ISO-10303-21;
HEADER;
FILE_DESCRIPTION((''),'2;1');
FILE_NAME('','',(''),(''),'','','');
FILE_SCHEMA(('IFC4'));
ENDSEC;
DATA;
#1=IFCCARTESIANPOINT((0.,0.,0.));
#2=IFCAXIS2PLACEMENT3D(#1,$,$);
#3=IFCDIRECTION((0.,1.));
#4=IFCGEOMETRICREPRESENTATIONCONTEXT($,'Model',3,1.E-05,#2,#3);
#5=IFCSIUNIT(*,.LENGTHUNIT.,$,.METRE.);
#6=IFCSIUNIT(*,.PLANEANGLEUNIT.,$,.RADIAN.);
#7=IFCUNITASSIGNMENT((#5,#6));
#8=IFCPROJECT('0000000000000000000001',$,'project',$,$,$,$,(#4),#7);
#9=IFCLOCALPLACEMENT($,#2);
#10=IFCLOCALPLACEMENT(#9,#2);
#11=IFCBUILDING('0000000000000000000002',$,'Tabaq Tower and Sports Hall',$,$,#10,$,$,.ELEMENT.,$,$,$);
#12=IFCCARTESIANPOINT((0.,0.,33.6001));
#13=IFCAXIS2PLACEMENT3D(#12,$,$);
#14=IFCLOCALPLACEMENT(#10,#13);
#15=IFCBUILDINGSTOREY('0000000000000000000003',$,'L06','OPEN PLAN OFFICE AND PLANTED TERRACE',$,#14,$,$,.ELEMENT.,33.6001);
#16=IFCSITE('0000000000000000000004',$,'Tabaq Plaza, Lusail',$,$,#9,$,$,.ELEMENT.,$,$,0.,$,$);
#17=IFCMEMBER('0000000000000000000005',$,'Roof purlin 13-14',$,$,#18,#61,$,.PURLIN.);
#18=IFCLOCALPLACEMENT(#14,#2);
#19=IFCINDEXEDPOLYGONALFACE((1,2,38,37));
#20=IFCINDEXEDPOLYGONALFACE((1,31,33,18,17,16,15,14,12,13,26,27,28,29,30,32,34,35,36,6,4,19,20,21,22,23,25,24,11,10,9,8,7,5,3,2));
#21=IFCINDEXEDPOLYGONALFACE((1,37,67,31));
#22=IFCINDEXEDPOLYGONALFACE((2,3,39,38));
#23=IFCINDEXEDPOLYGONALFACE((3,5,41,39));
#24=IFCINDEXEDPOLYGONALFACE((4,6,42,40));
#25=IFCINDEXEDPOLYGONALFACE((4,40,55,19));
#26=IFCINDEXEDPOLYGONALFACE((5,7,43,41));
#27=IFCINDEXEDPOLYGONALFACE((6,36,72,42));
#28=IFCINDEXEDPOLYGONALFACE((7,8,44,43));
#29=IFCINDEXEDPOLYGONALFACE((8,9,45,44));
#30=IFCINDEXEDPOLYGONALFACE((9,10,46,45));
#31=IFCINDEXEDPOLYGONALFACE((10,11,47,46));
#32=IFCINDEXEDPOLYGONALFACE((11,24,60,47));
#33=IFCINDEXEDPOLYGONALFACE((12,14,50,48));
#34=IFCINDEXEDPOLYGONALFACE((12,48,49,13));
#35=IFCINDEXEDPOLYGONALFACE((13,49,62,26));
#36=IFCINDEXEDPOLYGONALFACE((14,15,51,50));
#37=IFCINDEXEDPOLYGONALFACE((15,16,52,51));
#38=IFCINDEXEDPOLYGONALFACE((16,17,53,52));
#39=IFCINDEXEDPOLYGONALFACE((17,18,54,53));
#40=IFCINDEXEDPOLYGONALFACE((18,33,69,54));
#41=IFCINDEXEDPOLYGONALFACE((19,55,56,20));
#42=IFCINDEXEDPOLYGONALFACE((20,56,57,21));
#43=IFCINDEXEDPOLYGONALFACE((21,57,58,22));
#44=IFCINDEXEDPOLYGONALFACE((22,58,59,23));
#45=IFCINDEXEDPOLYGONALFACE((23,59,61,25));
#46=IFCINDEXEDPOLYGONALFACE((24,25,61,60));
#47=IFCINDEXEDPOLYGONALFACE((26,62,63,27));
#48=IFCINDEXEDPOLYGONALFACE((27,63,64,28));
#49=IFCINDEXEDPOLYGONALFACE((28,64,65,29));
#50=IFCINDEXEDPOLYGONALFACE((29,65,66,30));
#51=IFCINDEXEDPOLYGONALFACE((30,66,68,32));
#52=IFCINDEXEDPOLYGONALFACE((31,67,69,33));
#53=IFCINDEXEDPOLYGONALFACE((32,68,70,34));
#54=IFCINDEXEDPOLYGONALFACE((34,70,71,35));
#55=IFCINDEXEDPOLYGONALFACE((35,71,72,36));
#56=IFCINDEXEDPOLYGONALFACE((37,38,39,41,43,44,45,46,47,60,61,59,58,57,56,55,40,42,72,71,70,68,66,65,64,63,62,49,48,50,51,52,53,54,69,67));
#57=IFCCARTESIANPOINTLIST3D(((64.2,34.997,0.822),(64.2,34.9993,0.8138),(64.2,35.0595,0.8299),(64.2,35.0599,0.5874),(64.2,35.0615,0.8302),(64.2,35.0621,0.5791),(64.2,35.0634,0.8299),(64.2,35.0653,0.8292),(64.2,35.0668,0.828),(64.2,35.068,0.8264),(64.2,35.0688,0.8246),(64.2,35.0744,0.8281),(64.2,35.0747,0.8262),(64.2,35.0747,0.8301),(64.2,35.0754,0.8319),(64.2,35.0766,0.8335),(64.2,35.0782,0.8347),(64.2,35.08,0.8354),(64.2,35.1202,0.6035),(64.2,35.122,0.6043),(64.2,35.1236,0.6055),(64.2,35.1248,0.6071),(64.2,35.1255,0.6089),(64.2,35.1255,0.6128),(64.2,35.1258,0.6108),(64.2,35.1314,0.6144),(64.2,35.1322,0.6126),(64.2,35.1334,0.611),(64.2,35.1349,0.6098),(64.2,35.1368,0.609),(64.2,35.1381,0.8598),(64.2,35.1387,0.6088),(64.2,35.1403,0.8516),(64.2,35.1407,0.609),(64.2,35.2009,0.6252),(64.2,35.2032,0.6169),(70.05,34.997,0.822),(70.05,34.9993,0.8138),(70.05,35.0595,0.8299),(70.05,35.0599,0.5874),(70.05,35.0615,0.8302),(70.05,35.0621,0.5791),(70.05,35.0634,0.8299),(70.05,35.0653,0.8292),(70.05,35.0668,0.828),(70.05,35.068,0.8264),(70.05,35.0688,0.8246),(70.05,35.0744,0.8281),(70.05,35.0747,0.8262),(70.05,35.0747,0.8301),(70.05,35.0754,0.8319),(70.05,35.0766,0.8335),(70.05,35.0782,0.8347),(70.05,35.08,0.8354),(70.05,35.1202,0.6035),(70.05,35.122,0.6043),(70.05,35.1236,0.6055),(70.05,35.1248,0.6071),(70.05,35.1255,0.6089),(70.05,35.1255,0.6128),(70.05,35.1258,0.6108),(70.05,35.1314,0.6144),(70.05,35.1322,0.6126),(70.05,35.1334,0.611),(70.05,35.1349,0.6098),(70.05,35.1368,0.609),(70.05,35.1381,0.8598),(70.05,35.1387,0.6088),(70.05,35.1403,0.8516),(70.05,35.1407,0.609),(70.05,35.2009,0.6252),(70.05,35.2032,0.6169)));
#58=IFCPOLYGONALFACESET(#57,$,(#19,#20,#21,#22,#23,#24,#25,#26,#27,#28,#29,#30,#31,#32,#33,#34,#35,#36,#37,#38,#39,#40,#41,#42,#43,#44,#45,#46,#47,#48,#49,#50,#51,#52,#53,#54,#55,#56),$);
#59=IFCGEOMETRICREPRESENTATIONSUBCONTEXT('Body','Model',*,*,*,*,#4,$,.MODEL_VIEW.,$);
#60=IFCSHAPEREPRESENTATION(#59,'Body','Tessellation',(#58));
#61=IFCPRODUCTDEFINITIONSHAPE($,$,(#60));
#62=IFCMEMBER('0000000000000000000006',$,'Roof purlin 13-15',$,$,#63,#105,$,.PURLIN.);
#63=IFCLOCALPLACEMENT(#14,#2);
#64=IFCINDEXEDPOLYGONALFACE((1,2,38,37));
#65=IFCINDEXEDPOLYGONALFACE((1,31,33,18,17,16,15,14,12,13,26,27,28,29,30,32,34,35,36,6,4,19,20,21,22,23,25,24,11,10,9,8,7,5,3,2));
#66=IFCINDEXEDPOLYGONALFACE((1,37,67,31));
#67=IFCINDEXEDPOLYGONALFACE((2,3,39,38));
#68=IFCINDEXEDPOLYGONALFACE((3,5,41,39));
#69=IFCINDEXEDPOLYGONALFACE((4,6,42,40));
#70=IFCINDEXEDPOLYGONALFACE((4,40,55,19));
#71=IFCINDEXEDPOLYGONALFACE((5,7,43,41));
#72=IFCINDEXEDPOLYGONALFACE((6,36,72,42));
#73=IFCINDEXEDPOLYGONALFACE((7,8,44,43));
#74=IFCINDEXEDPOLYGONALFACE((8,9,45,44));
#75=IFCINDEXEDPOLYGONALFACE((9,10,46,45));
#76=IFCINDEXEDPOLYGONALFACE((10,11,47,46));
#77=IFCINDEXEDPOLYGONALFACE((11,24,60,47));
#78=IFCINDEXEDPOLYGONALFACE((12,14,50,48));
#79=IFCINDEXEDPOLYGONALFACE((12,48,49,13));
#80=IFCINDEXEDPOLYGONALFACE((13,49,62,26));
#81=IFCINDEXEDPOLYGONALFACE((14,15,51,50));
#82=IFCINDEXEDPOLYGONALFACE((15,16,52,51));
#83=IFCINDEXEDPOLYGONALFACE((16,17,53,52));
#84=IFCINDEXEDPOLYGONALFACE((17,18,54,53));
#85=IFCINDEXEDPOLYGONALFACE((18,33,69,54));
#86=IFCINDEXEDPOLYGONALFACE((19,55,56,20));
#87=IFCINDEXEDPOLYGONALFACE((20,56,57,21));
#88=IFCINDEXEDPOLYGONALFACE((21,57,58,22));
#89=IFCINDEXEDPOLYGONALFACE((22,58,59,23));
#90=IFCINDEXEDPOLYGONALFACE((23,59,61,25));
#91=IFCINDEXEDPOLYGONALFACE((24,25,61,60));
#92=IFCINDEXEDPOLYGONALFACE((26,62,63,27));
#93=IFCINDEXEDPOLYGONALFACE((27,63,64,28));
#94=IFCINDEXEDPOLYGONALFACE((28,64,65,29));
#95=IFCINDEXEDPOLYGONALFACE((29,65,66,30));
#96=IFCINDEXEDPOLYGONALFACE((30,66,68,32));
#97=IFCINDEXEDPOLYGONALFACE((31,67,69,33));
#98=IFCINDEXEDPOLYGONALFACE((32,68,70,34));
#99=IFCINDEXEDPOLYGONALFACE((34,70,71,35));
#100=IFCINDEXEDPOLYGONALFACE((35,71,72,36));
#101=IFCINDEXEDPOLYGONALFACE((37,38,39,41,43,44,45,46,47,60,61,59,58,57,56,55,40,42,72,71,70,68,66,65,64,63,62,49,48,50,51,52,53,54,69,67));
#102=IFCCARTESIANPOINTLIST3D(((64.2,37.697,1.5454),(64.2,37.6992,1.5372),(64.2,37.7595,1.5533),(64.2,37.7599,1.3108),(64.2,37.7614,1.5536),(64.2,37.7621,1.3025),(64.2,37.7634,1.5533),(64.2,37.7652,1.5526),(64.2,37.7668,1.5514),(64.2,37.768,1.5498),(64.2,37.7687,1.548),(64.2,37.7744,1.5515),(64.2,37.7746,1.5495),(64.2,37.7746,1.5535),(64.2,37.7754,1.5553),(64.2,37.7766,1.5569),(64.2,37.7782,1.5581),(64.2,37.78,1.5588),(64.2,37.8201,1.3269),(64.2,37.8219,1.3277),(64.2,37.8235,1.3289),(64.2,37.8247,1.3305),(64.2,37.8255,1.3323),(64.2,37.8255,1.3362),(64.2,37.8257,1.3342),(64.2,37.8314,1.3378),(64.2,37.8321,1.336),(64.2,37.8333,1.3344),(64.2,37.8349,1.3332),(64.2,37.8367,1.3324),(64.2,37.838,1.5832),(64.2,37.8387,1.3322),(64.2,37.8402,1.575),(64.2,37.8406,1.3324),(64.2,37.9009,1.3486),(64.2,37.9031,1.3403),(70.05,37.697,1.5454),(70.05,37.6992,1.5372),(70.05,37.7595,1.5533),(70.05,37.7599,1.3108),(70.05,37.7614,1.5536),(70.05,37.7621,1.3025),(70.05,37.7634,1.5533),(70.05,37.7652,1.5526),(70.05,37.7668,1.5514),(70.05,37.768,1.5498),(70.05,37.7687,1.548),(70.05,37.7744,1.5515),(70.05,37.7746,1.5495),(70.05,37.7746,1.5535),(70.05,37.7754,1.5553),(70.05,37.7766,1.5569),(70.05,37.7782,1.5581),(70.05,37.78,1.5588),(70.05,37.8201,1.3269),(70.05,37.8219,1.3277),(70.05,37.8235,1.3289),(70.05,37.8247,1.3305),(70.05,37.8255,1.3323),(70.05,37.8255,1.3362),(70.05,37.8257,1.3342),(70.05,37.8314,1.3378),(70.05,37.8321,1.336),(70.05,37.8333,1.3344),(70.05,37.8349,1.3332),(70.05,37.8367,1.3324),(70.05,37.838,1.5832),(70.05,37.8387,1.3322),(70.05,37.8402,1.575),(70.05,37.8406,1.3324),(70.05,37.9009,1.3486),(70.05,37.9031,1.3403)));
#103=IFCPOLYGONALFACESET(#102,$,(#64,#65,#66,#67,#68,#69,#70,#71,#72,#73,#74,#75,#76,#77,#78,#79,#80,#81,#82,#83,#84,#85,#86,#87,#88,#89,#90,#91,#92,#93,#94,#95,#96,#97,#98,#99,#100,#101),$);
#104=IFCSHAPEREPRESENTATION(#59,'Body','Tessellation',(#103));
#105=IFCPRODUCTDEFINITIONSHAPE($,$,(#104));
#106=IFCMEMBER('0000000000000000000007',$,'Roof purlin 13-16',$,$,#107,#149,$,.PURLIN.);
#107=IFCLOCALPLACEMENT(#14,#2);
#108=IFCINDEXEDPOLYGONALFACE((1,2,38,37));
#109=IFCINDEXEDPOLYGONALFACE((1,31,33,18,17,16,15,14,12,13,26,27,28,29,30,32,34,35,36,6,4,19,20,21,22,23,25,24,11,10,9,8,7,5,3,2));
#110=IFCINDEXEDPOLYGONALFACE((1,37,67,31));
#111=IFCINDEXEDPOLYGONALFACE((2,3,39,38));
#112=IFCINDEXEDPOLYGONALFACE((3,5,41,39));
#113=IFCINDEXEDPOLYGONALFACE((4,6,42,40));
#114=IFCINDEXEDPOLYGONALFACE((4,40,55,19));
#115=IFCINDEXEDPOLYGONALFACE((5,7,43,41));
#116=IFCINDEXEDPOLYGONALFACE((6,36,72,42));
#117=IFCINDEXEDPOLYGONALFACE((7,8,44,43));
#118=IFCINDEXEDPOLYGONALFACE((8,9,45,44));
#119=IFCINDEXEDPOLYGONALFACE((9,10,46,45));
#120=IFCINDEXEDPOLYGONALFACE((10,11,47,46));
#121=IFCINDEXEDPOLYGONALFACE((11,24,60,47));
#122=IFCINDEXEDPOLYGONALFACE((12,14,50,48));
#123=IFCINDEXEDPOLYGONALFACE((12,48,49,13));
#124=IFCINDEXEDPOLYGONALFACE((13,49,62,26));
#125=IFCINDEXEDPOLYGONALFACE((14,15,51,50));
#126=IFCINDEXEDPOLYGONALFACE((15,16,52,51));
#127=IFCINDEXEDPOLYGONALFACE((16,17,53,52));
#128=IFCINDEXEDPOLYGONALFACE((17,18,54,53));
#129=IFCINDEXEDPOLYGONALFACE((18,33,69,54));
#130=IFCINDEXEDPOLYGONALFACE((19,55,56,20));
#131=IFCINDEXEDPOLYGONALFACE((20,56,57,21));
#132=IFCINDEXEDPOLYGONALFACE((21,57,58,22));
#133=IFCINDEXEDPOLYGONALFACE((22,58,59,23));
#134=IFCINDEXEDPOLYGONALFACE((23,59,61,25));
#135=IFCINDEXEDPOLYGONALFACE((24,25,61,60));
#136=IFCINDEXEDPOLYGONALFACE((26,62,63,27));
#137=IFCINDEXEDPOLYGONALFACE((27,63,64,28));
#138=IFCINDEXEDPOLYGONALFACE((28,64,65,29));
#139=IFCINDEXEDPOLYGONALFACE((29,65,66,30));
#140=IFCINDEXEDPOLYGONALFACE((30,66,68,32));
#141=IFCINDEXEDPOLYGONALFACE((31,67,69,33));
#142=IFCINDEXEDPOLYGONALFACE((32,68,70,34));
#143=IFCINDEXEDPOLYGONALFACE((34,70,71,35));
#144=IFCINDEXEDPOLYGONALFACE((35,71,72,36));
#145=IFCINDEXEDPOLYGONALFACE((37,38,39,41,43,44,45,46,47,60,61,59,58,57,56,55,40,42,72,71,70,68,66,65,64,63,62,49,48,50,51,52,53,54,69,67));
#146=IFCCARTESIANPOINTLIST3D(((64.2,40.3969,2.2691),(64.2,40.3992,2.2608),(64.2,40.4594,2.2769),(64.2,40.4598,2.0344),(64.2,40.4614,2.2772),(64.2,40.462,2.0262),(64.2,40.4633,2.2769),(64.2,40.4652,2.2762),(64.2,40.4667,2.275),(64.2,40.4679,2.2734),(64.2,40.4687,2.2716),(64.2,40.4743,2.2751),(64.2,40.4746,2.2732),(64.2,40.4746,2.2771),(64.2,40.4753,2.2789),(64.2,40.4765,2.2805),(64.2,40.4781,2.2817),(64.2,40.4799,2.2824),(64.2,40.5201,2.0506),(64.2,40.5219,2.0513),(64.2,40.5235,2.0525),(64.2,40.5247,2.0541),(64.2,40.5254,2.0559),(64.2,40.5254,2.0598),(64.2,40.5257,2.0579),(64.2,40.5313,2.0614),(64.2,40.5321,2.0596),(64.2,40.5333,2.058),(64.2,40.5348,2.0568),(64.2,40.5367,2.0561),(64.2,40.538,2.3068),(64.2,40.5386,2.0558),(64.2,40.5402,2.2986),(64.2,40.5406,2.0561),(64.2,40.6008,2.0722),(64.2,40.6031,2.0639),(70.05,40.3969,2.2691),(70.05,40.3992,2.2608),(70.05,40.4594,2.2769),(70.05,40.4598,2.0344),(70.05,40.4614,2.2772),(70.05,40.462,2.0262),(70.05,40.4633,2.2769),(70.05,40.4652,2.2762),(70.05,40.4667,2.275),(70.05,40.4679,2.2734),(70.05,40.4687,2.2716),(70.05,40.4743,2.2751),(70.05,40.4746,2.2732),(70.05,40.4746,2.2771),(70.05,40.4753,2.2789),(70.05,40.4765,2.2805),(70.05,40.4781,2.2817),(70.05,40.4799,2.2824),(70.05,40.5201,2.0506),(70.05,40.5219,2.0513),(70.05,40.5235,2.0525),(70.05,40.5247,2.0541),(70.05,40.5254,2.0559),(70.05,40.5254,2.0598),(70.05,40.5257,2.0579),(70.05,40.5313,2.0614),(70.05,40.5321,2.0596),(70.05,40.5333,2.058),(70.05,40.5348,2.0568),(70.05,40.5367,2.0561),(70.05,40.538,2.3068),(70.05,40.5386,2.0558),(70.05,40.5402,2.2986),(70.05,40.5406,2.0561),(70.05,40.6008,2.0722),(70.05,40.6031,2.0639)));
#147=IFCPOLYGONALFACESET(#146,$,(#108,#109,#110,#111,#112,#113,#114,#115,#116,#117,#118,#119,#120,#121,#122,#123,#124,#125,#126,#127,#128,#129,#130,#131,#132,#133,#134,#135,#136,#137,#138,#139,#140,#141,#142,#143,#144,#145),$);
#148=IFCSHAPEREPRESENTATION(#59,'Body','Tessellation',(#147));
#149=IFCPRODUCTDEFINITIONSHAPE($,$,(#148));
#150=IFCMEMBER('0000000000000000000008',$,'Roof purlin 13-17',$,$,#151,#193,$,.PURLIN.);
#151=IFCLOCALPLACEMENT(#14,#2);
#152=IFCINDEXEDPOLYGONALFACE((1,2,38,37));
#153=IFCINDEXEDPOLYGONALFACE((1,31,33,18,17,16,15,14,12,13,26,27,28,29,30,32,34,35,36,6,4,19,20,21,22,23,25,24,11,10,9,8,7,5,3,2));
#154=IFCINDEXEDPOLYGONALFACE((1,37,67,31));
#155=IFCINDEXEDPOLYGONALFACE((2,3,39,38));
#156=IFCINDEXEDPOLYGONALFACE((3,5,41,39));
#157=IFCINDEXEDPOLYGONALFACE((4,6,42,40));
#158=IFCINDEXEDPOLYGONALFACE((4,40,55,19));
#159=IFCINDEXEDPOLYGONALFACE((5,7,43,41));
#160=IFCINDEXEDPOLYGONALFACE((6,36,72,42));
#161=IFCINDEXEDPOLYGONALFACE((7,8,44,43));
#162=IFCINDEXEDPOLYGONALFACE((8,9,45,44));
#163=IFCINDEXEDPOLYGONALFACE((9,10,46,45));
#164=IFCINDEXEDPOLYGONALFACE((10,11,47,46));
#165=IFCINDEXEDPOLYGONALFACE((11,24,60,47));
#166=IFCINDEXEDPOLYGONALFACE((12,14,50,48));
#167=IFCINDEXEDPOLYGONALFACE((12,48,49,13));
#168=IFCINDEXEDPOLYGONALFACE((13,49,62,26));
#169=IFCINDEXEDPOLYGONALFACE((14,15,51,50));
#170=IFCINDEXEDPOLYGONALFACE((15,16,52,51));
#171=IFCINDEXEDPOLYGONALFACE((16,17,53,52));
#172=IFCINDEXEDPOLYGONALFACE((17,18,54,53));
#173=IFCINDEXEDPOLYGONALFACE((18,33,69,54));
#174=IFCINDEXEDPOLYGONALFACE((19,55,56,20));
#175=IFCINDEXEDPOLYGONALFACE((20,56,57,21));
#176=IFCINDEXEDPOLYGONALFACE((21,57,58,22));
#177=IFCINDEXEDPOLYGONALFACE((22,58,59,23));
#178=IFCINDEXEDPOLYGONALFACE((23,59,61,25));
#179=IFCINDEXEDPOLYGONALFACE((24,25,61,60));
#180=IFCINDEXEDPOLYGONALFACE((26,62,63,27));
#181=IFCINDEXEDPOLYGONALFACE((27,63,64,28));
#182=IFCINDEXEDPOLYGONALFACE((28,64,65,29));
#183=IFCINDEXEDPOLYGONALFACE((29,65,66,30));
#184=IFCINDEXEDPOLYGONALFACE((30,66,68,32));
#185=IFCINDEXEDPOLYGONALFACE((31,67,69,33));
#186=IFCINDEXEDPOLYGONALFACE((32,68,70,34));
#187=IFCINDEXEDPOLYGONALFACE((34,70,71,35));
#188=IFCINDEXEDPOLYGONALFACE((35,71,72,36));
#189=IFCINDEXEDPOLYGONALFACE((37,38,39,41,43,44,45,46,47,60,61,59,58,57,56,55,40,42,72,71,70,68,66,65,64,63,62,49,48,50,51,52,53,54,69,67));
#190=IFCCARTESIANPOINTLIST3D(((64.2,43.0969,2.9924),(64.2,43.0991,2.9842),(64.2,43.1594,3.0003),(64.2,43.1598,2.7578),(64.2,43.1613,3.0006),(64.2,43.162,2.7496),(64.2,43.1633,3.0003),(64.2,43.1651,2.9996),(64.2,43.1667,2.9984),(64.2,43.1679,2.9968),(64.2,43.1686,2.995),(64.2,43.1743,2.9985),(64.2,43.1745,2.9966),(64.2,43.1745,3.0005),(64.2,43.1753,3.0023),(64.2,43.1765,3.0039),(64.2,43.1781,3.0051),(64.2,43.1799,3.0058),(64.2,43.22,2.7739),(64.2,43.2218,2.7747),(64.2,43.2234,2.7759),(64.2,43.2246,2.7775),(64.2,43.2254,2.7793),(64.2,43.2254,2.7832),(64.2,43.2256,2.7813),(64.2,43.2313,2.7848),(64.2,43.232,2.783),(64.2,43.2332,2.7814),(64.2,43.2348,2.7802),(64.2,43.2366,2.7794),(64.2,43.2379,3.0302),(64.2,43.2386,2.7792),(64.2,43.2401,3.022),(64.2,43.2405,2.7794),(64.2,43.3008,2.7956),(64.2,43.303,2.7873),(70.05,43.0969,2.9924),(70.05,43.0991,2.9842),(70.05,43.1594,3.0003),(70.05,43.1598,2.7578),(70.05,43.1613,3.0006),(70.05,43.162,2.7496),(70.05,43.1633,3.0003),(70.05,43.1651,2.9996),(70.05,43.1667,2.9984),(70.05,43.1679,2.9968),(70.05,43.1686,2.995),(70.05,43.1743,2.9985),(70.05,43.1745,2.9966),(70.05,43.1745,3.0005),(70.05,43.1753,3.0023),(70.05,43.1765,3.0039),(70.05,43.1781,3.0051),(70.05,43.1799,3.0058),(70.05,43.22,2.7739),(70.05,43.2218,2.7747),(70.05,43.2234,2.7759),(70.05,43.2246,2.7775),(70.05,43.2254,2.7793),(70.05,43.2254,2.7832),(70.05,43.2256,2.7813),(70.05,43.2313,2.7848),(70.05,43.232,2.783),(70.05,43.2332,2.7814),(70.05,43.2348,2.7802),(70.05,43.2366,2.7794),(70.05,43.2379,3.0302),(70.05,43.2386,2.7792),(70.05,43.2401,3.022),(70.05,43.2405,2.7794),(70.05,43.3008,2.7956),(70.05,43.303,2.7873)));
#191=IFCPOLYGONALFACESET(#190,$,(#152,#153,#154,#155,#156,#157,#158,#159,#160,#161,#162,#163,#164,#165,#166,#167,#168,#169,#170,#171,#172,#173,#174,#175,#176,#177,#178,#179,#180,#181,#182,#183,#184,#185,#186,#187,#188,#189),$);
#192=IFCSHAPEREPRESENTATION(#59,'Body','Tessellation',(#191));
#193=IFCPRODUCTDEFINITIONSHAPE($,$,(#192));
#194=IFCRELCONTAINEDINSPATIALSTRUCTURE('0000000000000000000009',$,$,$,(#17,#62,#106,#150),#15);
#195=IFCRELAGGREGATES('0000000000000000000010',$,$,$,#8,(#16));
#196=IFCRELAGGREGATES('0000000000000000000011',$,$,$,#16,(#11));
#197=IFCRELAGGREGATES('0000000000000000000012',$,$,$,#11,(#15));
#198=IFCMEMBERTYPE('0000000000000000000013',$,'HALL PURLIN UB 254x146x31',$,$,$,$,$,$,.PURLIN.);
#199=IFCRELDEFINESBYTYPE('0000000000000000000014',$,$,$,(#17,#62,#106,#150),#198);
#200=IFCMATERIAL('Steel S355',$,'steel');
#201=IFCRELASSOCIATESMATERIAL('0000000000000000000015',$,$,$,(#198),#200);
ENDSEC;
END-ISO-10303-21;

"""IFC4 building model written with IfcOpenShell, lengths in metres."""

from ifc_helpers import new_model, si_unit, direction, frame, origin, origin_2d, place, context, subcontext, project, spatial, i_section, extrude, material, material_profile, profile_set, type_object, element, save


model = new_model("IFC4")

# Units and contexts
model_context = context("Model", 3, precision=1e-05, world=origin(), true_north=direction((0.0, 1.0)))
body_context = subcontext(model_context, "Body", "Model", "MODEL_VIEW")
ifc_project = project(units=[si_unit("LENGTHUNIT", "METRE"), si_unit("PLANEANGLEUNIT", "RADIAN")], contexts=[model_context])

# Site, building, storey
site_placement = place(None, origin())
site = spatial("IfcSite", under=ifc_project, at=site_placement, Name="Tabaq Plaza, Lusail", CompositionType="ELEMENT", RefElevation=0.0)
building_placement = place(site_placement, origin())
building = spatial("IfcBuilding", under=site, at=building_placement, Name="Tabaq Tower and Sports Hall", CompositionType="ELEMENT")
storey_placement = place(building_placement, frame((0.0, 0.0, 33.6001)))
storey = spatial("IfcBuildingStorey", under=building, at=storey_placement, Name="L06", Description="OPEN PLAN OFFICE AND PLANTED TERRACE", CompositionType="ELEMENT", Elevation=33.6001)

# Members
ifc_material_1 = material(Name="Steel S355", Category="steel")
ifc_material_profile_1 = material_profile(ifc_material_1, i_section(OverallWidth=0.146, OverallDepth=0.2515, WebThickness=0.0061, FlangeThickness=0.0085, FilletRadius=0.0076, at=origin_2d()), Name="UB 254x146x31")
ifc_profile_set_1 = profile_set([ifc_material_profile_1], Name="Steel S355")
member_type_1 = type_object("IfcMemberType", Name="HALL PURLIN UB 254x146x31", PredefinedType="PURLIN", material=ifc_profile_set_1)
for number, where, z_axis, x_axis, name in (
    (1, (64.2, 35.1001, 0.7195), (1.0, 0.0, 0.0), (0.0, 0.965926, 0.258819), "Roof purlin 13-14"),
    (2, (64.2, 37.8, 1.4429), (1.0, 0.0, 0.0), (0.0, 0.965926, 0.258819), "Roof purlin 13-15"),
    (3, (64.2, 40.5, 2.1665), (1.0, 0.0, 0.0), (0.0, 0.965926, 0.258819), "Roof purlin 13-16"),
    (4, (64.2, 43.2, 2.8899), (1.0, 0.0, 0.0), (0.0, 0.965926, 0.258819), "Roof purlin 13-17"),
):
    element("IfcMember", number, at=place(storey_placement, frame(where, z_axis=z_axis, x_axis=x_axis)), inside=storey, type_object=member_type_1, Name=name, PredefinedType="PURLIN", context=body_context, shape_type="SweptSolid", body=[
        extrude(i_section(OverallWidth=0.146, OverallDepth=0.2515, WebThickness=0.0061, FlangeThickness=0.0085, FilletRadius=0.0076, at=origin_2d()), origin(), (0.0, 0.0, 1.0), 5.8501),
    ])

save(model, "model.ifc")
